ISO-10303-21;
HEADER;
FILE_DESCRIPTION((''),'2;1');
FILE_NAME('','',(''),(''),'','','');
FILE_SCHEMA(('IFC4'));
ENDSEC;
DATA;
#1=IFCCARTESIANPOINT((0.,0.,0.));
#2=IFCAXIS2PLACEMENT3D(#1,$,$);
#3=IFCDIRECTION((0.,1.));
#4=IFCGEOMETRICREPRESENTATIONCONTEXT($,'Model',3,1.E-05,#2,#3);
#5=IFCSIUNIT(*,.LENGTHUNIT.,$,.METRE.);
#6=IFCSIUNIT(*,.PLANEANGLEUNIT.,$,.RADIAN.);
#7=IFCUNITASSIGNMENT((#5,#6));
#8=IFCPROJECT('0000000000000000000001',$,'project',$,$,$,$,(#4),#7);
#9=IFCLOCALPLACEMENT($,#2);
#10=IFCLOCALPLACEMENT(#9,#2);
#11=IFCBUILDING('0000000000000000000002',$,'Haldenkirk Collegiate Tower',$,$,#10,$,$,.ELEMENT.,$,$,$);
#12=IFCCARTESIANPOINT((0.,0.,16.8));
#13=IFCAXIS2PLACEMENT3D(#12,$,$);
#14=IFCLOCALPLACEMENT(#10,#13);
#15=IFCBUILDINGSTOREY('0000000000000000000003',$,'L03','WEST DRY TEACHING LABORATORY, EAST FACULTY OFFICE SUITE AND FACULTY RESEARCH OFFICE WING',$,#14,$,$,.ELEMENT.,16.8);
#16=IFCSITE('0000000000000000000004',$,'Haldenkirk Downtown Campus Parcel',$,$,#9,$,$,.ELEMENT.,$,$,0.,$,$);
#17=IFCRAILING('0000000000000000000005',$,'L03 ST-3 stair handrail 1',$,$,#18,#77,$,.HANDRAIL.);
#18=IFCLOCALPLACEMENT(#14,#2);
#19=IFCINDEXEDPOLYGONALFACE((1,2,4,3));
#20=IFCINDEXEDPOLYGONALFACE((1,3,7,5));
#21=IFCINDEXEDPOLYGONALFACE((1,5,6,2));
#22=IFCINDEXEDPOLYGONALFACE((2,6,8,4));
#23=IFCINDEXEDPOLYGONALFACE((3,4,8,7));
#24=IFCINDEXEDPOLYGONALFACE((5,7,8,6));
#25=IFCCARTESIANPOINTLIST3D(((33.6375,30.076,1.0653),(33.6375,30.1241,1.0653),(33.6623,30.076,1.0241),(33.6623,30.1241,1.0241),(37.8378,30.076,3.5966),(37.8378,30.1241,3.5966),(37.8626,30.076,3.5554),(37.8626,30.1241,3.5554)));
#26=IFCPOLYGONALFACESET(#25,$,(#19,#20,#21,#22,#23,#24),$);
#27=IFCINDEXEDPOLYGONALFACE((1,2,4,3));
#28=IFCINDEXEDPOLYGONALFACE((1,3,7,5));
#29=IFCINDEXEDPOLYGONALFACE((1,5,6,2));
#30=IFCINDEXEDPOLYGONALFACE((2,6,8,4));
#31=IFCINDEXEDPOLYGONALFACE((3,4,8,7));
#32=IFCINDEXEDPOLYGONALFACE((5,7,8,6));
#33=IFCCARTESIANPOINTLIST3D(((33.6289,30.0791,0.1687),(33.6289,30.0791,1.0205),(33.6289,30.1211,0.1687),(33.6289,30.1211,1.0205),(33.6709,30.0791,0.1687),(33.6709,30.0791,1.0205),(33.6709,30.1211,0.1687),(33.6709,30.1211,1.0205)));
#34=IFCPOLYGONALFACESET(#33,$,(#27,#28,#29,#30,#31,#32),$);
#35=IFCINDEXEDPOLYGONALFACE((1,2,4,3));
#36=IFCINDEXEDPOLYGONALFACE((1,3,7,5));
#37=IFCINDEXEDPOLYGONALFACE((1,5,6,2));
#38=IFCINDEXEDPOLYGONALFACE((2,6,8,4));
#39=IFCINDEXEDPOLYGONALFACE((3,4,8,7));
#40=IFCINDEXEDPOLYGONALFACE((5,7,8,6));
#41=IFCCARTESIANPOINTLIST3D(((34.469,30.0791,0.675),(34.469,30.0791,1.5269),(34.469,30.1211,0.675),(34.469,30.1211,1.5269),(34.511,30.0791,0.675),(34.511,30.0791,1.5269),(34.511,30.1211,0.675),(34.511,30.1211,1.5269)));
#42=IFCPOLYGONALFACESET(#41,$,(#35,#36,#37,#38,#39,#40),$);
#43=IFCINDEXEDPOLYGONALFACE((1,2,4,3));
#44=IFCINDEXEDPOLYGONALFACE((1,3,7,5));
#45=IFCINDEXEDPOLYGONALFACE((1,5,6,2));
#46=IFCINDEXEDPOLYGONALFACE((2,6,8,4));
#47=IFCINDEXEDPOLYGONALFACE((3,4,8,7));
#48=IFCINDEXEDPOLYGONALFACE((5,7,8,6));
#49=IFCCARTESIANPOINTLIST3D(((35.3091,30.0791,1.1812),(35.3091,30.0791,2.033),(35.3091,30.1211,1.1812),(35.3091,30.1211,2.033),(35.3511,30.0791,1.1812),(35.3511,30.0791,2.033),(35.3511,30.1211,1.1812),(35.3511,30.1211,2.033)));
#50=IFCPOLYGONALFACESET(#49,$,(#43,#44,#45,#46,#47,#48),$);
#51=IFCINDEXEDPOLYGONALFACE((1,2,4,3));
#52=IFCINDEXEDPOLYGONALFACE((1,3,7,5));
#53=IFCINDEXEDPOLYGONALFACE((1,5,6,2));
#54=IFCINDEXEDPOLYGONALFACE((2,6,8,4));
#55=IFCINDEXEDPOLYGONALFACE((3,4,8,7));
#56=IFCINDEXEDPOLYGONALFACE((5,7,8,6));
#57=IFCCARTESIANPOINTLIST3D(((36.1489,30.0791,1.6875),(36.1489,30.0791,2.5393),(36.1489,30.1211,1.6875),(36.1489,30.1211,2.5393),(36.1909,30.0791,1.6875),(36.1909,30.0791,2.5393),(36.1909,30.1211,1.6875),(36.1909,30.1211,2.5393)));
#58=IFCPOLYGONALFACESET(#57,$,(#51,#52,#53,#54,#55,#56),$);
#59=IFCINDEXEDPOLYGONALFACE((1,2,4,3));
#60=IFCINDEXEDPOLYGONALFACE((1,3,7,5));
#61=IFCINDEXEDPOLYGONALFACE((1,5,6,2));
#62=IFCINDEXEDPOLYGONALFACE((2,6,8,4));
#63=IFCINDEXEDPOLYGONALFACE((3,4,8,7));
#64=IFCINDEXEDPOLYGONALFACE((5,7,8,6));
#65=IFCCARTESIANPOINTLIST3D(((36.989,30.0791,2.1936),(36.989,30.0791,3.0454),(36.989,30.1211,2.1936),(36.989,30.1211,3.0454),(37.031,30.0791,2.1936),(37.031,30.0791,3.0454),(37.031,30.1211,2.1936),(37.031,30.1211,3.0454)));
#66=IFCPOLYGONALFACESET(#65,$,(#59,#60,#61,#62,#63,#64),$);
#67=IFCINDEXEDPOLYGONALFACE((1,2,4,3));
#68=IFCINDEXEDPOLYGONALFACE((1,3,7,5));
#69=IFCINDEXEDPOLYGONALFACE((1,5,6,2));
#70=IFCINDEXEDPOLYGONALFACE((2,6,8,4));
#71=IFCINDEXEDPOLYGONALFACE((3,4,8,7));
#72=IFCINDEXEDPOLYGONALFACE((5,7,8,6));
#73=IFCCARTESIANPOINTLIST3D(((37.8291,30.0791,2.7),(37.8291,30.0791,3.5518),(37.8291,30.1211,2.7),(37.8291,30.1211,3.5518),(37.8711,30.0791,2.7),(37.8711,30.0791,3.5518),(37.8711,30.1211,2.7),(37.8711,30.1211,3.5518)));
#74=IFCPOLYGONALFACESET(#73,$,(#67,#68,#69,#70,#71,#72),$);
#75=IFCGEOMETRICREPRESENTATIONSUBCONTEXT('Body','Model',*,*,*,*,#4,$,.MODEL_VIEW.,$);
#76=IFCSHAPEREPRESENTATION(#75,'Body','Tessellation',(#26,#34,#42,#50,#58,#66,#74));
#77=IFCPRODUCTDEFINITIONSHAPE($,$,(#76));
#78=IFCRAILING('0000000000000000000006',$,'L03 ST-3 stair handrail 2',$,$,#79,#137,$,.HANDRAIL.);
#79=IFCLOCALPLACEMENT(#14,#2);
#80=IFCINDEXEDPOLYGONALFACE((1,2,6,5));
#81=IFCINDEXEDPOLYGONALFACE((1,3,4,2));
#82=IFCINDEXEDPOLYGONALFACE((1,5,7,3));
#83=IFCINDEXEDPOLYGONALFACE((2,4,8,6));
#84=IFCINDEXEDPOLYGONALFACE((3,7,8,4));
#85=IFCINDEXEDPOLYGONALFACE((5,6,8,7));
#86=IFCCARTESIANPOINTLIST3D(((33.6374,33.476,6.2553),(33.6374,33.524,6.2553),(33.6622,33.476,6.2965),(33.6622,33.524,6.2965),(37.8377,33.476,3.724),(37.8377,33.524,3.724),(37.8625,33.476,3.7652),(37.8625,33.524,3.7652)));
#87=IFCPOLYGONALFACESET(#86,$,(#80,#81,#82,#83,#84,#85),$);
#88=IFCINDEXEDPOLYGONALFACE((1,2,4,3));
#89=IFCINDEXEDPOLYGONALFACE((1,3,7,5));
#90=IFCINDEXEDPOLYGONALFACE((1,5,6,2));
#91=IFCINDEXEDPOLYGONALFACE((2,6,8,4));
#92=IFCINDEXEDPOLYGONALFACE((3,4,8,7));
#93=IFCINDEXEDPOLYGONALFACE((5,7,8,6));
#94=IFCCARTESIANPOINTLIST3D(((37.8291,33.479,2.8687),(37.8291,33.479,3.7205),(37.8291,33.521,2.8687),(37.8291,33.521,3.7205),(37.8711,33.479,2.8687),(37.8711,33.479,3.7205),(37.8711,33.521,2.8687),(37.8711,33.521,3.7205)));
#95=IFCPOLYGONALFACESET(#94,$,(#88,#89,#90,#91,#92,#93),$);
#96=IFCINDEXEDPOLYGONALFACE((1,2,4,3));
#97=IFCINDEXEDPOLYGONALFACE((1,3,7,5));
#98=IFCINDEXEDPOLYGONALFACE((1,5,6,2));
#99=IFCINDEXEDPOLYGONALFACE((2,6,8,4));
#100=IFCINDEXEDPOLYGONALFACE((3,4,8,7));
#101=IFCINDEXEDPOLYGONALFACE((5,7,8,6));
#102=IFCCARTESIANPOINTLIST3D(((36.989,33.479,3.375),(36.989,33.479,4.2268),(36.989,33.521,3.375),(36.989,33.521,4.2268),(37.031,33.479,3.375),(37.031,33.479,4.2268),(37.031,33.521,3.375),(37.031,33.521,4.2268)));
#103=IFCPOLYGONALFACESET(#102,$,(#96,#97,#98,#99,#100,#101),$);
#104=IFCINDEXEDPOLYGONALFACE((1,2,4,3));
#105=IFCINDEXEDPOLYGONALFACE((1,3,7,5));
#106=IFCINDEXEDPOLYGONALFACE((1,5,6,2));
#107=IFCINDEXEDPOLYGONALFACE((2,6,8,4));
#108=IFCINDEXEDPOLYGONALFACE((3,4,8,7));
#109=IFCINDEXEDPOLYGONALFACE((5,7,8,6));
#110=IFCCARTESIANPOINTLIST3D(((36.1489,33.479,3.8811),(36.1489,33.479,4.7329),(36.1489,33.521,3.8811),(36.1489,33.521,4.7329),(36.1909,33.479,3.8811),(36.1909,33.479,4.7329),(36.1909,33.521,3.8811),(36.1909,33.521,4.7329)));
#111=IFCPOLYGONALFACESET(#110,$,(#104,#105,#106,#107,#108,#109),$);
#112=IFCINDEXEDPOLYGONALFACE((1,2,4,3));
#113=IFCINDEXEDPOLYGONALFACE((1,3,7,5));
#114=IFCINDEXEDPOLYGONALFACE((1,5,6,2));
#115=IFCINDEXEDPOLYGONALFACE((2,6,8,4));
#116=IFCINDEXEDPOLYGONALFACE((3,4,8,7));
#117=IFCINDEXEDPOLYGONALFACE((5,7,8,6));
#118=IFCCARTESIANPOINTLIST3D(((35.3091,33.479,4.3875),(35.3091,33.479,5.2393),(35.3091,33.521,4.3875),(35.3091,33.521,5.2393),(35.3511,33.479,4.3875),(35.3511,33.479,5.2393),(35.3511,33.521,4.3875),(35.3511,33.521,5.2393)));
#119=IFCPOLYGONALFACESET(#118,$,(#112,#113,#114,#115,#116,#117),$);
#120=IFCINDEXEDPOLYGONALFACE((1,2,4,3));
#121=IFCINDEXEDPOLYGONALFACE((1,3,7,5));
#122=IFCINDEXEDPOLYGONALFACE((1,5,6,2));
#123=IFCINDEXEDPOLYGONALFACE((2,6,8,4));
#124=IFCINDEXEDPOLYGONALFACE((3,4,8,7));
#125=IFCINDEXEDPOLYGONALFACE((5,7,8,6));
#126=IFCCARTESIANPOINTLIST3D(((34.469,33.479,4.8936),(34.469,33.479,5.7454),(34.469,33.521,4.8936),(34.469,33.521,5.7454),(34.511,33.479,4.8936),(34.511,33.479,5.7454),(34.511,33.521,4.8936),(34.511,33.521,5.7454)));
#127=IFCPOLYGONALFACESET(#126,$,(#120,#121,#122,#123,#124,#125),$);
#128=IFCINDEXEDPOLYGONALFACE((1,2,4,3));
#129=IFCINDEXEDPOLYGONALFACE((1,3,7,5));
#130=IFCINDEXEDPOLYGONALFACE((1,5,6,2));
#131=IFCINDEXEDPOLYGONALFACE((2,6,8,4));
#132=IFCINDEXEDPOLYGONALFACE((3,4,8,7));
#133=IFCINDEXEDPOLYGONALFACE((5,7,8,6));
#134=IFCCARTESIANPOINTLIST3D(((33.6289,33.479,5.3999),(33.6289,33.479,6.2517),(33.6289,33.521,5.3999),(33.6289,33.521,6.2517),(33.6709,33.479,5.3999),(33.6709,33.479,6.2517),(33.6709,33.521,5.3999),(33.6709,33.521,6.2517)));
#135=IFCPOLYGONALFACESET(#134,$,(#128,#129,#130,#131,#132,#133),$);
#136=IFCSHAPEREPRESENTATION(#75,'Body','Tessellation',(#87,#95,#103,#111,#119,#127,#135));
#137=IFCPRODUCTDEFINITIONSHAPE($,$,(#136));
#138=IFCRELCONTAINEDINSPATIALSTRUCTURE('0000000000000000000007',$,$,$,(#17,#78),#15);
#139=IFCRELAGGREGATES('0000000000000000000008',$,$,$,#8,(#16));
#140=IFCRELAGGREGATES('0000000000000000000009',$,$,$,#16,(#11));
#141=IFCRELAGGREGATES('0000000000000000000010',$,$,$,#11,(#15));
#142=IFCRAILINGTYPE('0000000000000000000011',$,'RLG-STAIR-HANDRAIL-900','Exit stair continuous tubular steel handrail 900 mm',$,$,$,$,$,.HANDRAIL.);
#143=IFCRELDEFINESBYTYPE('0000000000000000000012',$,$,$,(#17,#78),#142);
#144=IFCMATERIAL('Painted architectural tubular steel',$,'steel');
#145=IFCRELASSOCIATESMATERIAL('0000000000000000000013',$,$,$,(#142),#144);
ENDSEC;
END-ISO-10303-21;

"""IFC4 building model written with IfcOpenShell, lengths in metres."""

from ifc_helpers import new_model, si_unit, direction, frame, origin, origin_2d, place, context, subcontext, project, spatial, rectangle, extrude, material, type_object, element, save


model = new_model("IFC4")

# Units and contexts
model_context = context("Model", 3, precision=1e-05, world=origin(), true_north=direction((0.0, 1.0)))
body_context = subcontext(model_context, "Body", "Model", "MODEL_VIEW")
ifc_project = project(units=[si_unit("LENGTHUNIT", "METRE"), si_unit("PLANEANGLEUNIT", "RADIAN")], contexts=[model_context])

# Site, building, storey
site_placement = place(None, origin())
site = spatial("IfcSite", under=ifc_project, at=site_placement, Name="Haldenkirk Downtown Campus Parcel", CompositionType="ELEMENT", RefElevation=0.0)
building_placement = place(site_placement, origin())
building = spatial("IfcBuilding", under=site, at=building_placement, Name="Haldenkirk Collegiate Tower", CompositionType="ELEMENT")
storey_placement = place(building_placement, frame((0.0, 0.0, 16.8)))
storey = spatial("IfcBuildingStorey", under=building, at=storey_placement, Name="L03", Description="WEST DRY TEACHING LABORATORY, EAST FACULTY OFFICE SUITE AND FACULTY RESEARCH OFFICE WING", CompositionType="ELEMENT", Elevation=16.8)

# Railings
ifc_material_1 = material(Name="Painted architectural tubular steel", Category="steel")
railing_type_1 = type_object("IfcRailingType", Name="RLG-STAIR-HANDRAIL-900", Description="Exit stair continuous tubular steel handrail 900 mm", PredefinedType="HANDRAIL", material=ifc_material_1)
railing_1_placement = place(storey_placement, frame((33.6499, 30.1001, 0.1687)))
element("IfcRailing", 1, at=railing_1_placement, inside=storey, type_object=railing_type_1, Name="L03 ST-3 stair handrail 1", PredefinedType="HANDRAIL", context=body_context, shape_type="SweptSolid", body=[
    extrude(rectangle(XDim=0.0481, YDim=0.0481, at=origin_2d()), frame((0.0, 0.0, 0.876), z_axis=(0.85649, 0.0, 0.516164), x_axis=(0.0, 1.0, 0.0)), (0.0, 0.0, 1.0), 4.9041),
    extrude(rectangle(XDim=0.042, YDim=0.042, at=origin_2d()), origin(), (0.0, 0.0, 1.0), 0.8518),
    extrude(rectangle(XDim=0.042, YDim=0.042, at=origin_2d()), frame((0.8401, 0.0, 0.5063)), (0.0, 0.0, 1.0), 0.8518),
    extrude(rectangle(XDim=0.042, YDim=0.042, at=origin_2d()), frame((1.6802, 0.0, 1.0125)), (0.0, 0.0, 1.0), 0.8518),
    extrude(rectangle(XDim=0.042, YDim=0.042, at=origin_2d()), frame((2.52, 0.0, 1.5188)), (0.0, 0.0, 1.0), 0.8518),
    extrude(rectangle(XDim=0.042, YDim=0.042, at=origin_2d()), frame((3.3601, 0.0, 2.0249)), (0.0, 0.0, 1.0), 0.8518),
    extrude(rectangle(XDim=0.042, YDim=0.042, at=origin_2d()), frame((4.2002, 0.0, 2.5312)), (0.0, 0.0, 1.0), 0.8518),
])
railing_2_placement = place(storey_placement, frame((37.8501, 33.5, 2.8687)))
element("IfcRailing", 2, at=railing_2_placement, inside=storey, type_object=railing_type_1, Name="L03 ST-3 stair handrail 2", PredefinedType="HANDRAIL", context=body_context, shape_type="SweptSolid", body=[
    extrude(rectangle(XDim=0.0481, YDim=0.0481, at=origin_2d()), frame((0.0, 0.0, 0.876), z_axis=(-0.85649, 0.0, 0.516164), x_axis=(0.0, -1.0, 0.0)), (0.0, 0.0, 1.0), 4.9041),
    extrude(rectangle(XDim=0.042, YDim=0.042, at=origin_2d()), origin(), (0.0, 0.0, 1.0), 0.8518),
    extrude(rectangle(XDim=0.042, YDim=0.042, at=origin_2d()), frame((-0.8401, 0.0, 0.5063)), (0.0, 0.0, 1.0), 0.8518),
    extrude(rectangle(XDim=0.042, YDim=0.042, at=origin_2d()), frame((-1.6802, 0.0, 1.0125)), (0.0, 0.0, 1.0), 0.8518),
    extrude(rectangle(XDim=0.042, YDim=0.042, at=origin_2d()), frame((-2.52, 0.0, 1.5188)), (0.0, 0.0, 1.0), 0.8518),
    extrude(rectangle(XDim=0.042, YDim=0.042, at=origin_2d()), frame((-3.3601, 0.0, 2.0249)), (0.0, 0.0, 1.0), 0.8518),
    extrude(rectangle(XDim=0.042, YDim=0.042, at=origin_2d()), frame((-4.2002, 0.0, 2.5312)), (0.0, 0.0, 1.0), 0.8518),
])

save(model, "model.ifc")
